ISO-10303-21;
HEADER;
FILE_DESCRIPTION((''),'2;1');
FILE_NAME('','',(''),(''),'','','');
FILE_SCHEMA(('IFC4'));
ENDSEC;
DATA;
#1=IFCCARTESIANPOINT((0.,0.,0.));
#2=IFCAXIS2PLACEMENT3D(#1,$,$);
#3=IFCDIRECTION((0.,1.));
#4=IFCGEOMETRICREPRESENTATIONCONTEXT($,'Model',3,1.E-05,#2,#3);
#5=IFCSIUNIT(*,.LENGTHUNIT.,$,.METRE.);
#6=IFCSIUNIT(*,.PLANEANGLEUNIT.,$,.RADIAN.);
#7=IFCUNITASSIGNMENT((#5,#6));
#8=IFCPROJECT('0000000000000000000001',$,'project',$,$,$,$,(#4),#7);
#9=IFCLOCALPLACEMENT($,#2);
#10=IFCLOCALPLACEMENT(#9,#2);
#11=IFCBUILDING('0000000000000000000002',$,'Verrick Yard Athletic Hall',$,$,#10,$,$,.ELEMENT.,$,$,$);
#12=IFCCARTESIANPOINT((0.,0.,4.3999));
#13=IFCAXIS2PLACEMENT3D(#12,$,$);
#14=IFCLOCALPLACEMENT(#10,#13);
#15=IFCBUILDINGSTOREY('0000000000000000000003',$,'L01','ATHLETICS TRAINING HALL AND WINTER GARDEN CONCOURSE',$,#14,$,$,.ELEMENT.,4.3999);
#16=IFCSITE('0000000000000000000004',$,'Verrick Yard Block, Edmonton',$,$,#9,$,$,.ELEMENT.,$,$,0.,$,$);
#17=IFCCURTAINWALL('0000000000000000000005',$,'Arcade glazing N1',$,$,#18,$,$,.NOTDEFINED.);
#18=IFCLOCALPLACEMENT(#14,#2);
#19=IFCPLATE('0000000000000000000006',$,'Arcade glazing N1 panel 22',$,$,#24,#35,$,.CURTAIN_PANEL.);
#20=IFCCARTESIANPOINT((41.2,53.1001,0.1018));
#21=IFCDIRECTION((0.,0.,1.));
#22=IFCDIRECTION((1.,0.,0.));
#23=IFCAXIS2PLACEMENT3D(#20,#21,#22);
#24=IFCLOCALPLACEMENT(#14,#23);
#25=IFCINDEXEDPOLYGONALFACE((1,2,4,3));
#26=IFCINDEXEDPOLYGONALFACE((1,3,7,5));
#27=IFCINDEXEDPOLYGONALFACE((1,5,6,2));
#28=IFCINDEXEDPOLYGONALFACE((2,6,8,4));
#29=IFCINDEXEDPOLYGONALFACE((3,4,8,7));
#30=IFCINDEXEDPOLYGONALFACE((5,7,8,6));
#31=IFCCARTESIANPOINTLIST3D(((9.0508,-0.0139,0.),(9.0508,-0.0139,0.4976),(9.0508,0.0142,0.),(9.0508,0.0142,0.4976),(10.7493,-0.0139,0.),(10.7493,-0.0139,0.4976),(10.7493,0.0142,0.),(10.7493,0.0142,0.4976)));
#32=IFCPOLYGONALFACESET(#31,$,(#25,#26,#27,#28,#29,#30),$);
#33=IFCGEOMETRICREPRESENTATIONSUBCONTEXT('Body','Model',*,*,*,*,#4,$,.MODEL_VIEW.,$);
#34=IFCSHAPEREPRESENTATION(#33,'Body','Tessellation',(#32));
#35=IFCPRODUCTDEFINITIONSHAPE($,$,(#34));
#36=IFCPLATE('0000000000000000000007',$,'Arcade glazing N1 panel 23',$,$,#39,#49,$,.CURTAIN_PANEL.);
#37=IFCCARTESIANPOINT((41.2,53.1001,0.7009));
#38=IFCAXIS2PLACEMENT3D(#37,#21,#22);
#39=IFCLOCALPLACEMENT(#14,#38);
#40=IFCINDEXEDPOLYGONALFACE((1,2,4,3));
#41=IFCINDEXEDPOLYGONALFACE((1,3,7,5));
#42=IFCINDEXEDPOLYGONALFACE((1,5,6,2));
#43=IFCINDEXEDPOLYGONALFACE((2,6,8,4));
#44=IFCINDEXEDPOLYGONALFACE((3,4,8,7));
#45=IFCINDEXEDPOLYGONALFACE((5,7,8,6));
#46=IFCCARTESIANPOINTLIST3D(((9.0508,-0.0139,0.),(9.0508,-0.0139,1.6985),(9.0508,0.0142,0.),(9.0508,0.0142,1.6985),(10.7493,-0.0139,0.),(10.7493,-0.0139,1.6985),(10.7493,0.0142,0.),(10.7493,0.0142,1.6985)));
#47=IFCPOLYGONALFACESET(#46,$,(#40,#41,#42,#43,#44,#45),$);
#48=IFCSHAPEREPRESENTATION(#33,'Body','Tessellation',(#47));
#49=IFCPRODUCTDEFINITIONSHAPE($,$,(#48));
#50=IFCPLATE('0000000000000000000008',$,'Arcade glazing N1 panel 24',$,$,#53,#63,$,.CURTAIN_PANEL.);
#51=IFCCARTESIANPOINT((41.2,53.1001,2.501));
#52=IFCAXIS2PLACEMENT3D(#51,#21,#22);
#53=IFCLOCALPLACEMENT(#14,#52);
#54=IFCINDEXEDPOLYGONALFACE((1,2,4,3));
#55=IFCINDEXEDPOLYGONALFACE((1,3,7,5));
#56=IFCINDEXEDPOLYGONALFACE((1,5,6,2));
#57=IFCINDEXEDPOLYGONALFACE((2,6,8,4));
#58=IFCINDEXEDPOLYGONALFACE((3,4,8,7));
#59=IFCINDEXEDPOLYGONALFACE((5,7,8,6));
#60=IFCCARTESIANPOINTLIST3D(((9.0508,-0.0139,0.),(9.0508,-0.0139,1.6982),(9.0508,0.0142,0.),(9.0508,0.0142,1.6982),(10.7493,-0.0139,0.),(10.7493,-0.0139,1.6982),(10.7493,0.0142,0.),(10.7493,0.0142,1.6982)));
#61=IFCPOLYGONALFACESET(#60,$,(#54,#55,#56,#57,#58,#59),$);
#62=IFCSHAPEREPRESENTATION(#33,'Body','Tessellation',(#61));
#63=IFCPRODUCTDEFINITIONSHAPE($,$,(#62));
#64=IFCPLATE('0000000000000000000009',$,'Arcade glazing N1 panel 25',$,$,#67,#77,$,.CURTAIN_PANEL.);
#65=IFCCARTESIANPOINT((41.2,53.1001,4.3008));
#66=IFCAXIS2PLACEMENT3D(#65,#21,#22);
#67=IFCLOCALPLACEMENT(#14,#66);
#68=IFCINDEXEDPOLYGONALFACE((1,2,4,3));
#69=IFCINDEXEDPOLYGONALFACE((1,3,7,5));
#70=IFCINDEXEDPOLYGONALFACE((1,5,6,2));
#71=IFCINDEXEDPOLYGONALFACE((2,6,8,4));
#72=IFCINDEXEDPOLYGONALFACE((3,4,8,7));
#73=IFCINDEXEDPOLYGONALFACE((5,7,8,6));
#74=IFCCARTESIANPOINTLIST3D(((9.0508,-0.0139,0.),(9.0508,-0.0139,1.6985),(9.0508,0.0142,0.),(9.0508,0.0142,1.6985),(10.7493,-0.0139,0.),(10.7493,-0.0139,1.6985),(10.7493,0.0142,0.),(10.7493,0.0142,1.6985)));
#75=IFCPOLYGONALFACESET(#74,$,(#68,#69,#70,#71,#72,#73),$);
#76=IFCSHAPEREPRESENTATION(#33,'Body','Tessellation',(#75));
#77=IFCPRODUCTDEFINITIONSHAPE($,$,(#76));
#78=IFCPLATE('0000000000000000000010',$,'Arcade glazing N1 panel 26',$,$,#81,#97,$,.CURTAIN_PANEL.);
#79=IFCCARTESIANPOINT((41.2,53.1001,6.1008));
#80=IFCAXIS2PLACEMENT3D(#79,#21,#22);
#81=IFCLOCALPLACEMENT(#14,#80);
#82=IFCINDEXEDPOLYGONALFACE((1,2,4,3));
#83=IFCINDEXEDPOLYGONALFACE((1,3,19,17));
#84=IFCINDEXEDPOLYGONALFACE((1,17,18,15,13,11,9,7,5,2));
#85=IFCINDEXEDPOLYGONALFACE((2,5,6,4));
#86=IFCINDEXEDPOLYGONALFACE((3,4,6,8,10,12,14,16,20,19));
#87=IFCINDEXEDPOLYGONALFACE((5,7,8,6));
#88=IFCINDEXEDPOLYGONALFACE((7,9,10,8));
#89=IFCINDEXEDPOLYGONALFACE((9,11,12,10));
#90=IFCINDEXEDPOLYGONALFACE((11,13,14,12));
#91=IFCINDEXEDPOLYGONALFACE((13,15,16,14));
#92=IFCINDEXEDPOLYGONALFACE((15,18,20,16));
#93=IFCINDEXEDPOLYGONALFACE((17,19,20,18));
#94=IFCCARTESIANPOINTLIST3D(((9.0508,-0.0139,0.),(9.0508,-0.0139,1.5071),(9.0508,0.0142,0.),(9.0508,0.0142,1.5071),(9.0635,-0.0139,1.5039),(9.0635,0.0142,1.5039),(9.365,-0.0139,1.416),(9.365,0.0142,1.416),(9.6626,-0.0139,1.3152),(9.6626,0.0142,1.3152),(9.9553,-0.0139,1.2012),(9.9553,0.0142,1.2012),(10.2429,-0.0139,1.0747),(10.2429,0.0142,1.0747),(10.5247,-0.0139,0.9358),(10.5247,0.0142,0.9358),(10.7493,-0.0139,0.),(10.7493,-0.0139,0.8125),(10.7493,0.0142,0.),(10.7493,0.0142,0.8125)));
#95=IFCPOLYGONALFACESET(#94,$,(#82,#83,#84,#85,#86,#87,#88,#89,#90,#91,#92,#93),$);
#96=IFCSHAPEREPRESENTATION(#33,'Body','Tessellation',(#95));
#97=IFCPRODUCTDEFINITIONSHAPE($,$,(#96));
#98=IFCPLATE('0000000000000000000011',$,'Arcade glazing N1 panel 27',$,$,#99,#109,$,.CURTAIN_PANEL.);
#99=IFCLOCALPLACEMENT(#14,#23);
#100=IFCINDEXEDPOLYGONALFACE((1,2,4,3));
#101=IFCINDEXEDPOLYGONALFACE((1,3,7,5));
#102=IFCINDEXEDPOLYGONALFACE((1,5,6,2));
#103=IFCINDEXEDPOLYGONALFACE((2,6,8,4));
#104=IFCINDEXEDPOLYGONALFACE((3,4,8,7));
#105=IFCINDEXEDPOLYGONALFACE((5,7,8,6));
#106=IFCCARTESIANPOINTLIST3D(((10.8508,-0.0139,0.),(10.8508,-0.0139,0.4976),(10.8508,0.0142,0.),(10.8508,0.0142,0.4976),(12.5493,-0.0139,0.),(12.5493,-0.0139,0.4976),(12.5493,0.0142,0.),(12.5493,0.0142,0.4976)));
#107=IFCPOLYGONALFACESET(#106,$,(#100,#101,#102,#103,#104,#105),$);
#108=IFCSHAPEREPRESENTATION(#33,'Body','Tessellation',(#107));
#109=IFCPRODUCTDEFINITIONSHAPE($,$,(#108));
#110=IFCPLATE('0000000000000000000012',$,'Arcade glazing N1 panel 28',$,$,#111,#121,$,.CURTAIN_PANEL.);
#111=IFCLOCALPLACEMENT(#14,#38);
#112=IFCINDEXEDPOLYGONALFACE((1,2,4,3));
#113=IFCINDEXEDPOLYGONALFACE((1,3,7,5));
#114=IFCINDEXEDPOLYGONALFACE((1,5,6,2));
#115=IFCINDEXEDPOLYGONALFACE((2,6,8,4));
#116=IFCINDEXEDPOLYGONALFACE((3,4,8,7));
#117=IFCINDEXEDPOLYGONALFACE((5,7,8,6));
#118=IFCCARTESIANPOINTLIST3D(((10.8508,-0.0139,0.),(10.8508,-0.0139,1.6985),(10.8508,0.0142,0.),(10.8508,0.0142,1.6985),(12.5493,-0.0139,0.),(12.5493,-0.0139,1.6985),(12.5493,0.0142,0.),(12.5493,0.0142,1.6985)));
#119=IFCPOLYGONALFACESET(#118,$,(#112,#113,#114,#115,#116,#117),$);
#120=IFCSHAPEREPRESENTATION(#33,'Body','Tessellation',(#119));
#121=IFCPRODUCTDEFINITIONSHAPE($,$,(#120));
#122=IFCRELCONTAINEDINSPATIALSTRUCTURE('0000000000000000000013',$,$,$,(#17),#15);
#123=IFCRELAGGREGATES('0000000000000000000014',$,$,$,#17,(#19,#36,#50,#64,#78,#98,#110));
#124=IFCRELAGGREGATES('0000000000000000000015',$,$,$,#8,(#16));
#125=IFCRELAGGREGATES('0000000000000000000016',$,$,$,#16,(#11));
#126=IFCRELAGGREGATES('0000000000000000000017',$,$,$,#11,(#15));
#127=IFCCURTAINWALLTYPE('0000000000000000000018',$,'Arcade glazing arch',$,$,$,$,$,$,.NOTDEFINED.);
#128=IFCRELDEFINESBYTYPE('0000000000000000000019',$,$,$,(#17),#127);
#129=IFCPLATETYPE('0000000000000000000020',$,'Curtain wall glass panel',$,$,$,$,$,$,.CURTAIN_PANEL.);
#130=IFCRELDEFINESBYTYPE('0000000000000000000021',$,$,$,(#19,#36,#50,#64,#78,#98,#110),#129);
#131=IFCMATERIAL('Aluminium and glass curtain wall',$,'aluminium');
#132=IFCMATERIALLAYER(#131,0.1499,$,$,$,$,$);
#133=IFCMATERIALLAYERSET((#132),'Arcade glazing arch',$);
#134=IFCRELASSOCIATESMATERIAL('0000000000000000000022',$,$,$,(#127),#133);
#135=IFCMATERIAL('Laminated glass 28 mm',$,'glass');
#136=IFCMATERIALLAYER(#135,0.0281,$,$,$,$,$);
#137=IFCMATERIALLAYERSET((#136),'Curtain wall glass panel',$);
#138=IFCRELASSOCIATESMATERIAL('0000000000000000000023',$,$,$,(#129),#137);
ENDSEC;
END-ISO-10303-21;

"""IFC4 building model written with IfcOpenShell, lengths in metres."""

from ifc_helpers import new_model, si_unit, direction, frame, origin, place, context, subcontext, project, spatial, polyline, outline, extrude, material, layer, layer_set, type_object, element, aggregate, save


model = new_model("IFC4")

# Units and contexts
model_context = context("Model", 3, precision=1e-05, world=origin(), true_north=direction((0.0, 1.0)))
body_context = subcontext(model_context, "Body", "Model", "MODEL_VIEW")
ifc_project = project(units=[si_unit("LENGTHUNIT", "METRE"), si_unit("PLANEANGLEUNIT", "RADIAN")], contexts=[model_context])

# Site, building, storey
site_placement = place(None, origin())
site = spatial("IfcSite", under=ifc_project, at=site_placement, Name="Verrick Yard Block, Edmonton", CompositionType="ELEMENT", RefElevation=0.0)
building_placement = place(site_placement, origin())
building = spatial("IfcBuilding", under=site, at=building_placement, Name="Verrick Yard Athletic Hall", CompositionType="ELEMENT")
storey_placement = place(building_placement, frame((0.0, 0.0, 4.3999)))
storey = spatial("IfcBuildingStorey", under=building, at=storey_placement, Name="L01", Description="ATHLETICS TRAINING HALL AND WINTER GARDEN CONCOURSE", CompositionType="ELEMENT", Elevation=4.3999)

# Curtain wall, plates
ifc_material_1 = material(Name="Aluminium and glass curtain wall", Category="aluminium")
ifc_layer_1 = layer(ifc_material_1, 0.1499)
ifc_layer_set_1 = layer_set([ifc_layer_1], Name="Arcade glazing arch")
curtain_wall_type = type_object("IfcCurtainWallType", Name="Arcade glazing arch", PredefinedType="NOTDEFINED", material=ifc_layer_set_1)
curtain_wall_placement = place(storey_placement, origin())
curtain_wall = element("IfcCurtainWall", 1, at=curtain_wall_placement, inside=storey, type_object=curtain_wall_type, Name="Arcade glazing N1", PredefinedType="NOTDEFINED")
ifc_material_2 = material(Name="Laminated glass 28 mm", Category="glass")
ifc_layer_2 = layer(ifc_material_2, 0.0281)
ifc_layer_set_2 = layer_set([ifc_layer_2], Name="Curtain wall glass panel")
plate_type = type_object("IfcPlateType", Name="Curtain wall glass panel", PredefinedType="CURTAIN_PANEL", material=ifc_layer_set_2)
plate_1_placement = place(storey_placement, frame((41.2, 53.1001, 0.1018), z_axis=(0.0, 0.0, 1.0), x_axis=(1.0, 0.0, 0.0)))
plate_1 = element("IfcPlate", 2, at=plate_1_placement, type_object=plate_type, Name="Arcade glazing N1 panel 22", PredefinedType="CURTAIN_PANEL", context=body_context, shape_type="SweptSolid", body=[
    extrude(outline(polyline([(10.7493, 0.0), (10.7493, 0.4976), (9.0508, 0.4976), (9.0508, 0.0), (10.7493, 0.0)])), frame((0.0, 0.0142, 0.0), z_axis=(0.0, -1.0, 0.0), x_axis=(1.0, 0.0, 0.0)), (0.0, 0.0, 1.0), 0.0281),
])
plate_2_placement = place(storey_placement, frame((41.2, 53.1001, 0.7009), z_axis=(0.0, 0.0, 1.0), x_axis=(1.0, 0.0, 0.0)))
plate_2 = element("IfcPlate", 3, at=plate_2_placement, type_object=plate_type, Name="Arcade glazing N1 panel 23", PredefinedType="CURTAIN_PANEL", context=body_context, shape_type="SweptSolid", body=[
    extrude(outline(polyline([(10.7493, 0.0), (10.7493, 1.6985), (9.0508, 1.6985), (9.0508, 0.0), (10.7493, 0.0)])), frame((0.0, 0.0142, 0.0), z_axis=(0.0, -1.0, 0.0), x_axis=(1.0, 0.0, 0.0)), (0.0, 0.0, 1.0), 0.0281),
])
plate_3_placement = place(storey_placement, frame((41.2, 53.1001, 2.501), z_axis=(0.0, 0.0, 1.0), x_axis=(1.0, 0.0, 0.0)))
plate_3 = element("IfcPlate", 4, at=plate_3_placement, type_object=plate_type, Name="Arcade glazing N1 panel 24", PredefinedType="CURTAIN_PANEL", context=body_context, shape_type="SweptSolid", body=[
    extrude(outline(polyline([(10.7493, 0.0), (10.7493, 1.6982), (9.0508, 1.6982), (9.0508, 0.0), (10.7493, 0.0)])), frame((0.0, 0.0142, 0.0), z_axis=(0.0, -1.0, 0.0), x_axis=(1.0, 0.0, 0.0)), (0.0, 0.0, 1.0), 0.0281),
])
plate_4_placement = place(storey_placement, frame((41.2, 53.1001, 4.3008), z_axis=(0.0, 0.0, 1.0), x_axis=(1.0, 0.0, 0.0)))
plate_4 = element("IfcPlate", 5, at=plate_4_placement, type_object=plate_type, Name="Arcade glazing N1 panel 25", PredefinedType="CURTAIN_PANEL", context=body_context, shape_type="SweptSolid", body=[
    extrude(outline(polyline([(10.7493, 0.0), (10.7493, 1.6985), (9.0508, 1.6985), (9.0508, 0.0), (10.7493, 0.0)])), frame((0.0, 0.0142, 0.0), z_axis=(0.0, -1.0, 0.0), x_axis=(1.0, 0.0, 0.0)), (0.0, 0.0, 1.0), 0.0281),
])
plate_5_placement = place(storey_placement, frame((41.2, 53.1001, 6.1008), z_axis=(0.0, 0.0, 1.0), x_axis=(1.0, 0.0, 0.0)))
plate_5 = element("IfcPlate", 6, at=plate_5_placement, type_object=plate_type, Name="Arcade glazing N1 panel 26", PredefinedType="CURTAIN_PANEL", context=body_context, shape_type="SweptSolid", body=[
    extrude(outline(polyline([(10.7493, 0.8125), (10.5247, 0.9358), (10.2429, 1.0747), (9.9553, 1.2012), (9.6626, 1.3152), (9.365, 1.416), (9.0635, 1.5039), (9.0508, 1.5071), (9.0508, 0.0), (10.7493, 0.0), (10.7493, 0.8125)])), frame((0.0, 0.0142, 0.0), z_axis=(0.0, -1.0, 0.0), x_axis=(1.0, 0.0, 0.0)), (0.0, 0.0, 1.0), 0.0281),
])
plate_6_placement = place(storey_placement, frame((41.2, 53.1001, 0.1018), z_axis=(0.0, 0.0, 1.0), x_axis=(1.0, 0.0, 0.0)))
plate_6 = element("IfcPlate", 7, at=plate_6_placement, type_object=plate_type, Name="Arcade glazing N1 panel 27", PredefinedType="CURTAIN_PANEL", context=body_context, shape_type="SweptSolid", body=[
    extrude(outline(polyline([(12.5493, 0.0), (12.5493, 0.4976), (10.8508, 0.4976), (10.8508, 0.0), (12.5493, 0.0)])), frame((0.0, 0.0142, 0.0), z_axis=(0.0, -1.0, 0.0), x_axis=(1.0, 0.0, 0.0)), (0.0, 0.0, 1.0), 0.0281),
])
plate_7_placement = place(storey_placement, frame((41.2, 53.1001, 0.7009), z_axis=(0.0, 0.0, 1.0), x_axis=(1.0, 0.0, 0.0)))
plate_7 = element("IfcPlate", 8, at=plate_7_placement, type_object=plate_type, Name="Arcade glazing N1 panel 28", PredefinedType="CURTAIN_PANEL", context=body_context, shape_type="SweptSolid", body=[
    extrude(outline(polyline([(12.5493, 0.0), (12.5493, 1.6985), (10.8508, 1.6985), (10.8508, 0.0), (12.5493, 0.0)])), frame((0.0, 0.0142, 0.0), z_axis=(0.0, -1.0, 0.0), x_axis=(1.0, 0.0, 0.0)), (0.0, 0.0, 1.0), 0.0281),
])
aggregate(curtain_wall, [plate_1, plate_2, plate_3, plate_4, plate_5, plate_6, plate_7])

save(model, "model.ifc")
